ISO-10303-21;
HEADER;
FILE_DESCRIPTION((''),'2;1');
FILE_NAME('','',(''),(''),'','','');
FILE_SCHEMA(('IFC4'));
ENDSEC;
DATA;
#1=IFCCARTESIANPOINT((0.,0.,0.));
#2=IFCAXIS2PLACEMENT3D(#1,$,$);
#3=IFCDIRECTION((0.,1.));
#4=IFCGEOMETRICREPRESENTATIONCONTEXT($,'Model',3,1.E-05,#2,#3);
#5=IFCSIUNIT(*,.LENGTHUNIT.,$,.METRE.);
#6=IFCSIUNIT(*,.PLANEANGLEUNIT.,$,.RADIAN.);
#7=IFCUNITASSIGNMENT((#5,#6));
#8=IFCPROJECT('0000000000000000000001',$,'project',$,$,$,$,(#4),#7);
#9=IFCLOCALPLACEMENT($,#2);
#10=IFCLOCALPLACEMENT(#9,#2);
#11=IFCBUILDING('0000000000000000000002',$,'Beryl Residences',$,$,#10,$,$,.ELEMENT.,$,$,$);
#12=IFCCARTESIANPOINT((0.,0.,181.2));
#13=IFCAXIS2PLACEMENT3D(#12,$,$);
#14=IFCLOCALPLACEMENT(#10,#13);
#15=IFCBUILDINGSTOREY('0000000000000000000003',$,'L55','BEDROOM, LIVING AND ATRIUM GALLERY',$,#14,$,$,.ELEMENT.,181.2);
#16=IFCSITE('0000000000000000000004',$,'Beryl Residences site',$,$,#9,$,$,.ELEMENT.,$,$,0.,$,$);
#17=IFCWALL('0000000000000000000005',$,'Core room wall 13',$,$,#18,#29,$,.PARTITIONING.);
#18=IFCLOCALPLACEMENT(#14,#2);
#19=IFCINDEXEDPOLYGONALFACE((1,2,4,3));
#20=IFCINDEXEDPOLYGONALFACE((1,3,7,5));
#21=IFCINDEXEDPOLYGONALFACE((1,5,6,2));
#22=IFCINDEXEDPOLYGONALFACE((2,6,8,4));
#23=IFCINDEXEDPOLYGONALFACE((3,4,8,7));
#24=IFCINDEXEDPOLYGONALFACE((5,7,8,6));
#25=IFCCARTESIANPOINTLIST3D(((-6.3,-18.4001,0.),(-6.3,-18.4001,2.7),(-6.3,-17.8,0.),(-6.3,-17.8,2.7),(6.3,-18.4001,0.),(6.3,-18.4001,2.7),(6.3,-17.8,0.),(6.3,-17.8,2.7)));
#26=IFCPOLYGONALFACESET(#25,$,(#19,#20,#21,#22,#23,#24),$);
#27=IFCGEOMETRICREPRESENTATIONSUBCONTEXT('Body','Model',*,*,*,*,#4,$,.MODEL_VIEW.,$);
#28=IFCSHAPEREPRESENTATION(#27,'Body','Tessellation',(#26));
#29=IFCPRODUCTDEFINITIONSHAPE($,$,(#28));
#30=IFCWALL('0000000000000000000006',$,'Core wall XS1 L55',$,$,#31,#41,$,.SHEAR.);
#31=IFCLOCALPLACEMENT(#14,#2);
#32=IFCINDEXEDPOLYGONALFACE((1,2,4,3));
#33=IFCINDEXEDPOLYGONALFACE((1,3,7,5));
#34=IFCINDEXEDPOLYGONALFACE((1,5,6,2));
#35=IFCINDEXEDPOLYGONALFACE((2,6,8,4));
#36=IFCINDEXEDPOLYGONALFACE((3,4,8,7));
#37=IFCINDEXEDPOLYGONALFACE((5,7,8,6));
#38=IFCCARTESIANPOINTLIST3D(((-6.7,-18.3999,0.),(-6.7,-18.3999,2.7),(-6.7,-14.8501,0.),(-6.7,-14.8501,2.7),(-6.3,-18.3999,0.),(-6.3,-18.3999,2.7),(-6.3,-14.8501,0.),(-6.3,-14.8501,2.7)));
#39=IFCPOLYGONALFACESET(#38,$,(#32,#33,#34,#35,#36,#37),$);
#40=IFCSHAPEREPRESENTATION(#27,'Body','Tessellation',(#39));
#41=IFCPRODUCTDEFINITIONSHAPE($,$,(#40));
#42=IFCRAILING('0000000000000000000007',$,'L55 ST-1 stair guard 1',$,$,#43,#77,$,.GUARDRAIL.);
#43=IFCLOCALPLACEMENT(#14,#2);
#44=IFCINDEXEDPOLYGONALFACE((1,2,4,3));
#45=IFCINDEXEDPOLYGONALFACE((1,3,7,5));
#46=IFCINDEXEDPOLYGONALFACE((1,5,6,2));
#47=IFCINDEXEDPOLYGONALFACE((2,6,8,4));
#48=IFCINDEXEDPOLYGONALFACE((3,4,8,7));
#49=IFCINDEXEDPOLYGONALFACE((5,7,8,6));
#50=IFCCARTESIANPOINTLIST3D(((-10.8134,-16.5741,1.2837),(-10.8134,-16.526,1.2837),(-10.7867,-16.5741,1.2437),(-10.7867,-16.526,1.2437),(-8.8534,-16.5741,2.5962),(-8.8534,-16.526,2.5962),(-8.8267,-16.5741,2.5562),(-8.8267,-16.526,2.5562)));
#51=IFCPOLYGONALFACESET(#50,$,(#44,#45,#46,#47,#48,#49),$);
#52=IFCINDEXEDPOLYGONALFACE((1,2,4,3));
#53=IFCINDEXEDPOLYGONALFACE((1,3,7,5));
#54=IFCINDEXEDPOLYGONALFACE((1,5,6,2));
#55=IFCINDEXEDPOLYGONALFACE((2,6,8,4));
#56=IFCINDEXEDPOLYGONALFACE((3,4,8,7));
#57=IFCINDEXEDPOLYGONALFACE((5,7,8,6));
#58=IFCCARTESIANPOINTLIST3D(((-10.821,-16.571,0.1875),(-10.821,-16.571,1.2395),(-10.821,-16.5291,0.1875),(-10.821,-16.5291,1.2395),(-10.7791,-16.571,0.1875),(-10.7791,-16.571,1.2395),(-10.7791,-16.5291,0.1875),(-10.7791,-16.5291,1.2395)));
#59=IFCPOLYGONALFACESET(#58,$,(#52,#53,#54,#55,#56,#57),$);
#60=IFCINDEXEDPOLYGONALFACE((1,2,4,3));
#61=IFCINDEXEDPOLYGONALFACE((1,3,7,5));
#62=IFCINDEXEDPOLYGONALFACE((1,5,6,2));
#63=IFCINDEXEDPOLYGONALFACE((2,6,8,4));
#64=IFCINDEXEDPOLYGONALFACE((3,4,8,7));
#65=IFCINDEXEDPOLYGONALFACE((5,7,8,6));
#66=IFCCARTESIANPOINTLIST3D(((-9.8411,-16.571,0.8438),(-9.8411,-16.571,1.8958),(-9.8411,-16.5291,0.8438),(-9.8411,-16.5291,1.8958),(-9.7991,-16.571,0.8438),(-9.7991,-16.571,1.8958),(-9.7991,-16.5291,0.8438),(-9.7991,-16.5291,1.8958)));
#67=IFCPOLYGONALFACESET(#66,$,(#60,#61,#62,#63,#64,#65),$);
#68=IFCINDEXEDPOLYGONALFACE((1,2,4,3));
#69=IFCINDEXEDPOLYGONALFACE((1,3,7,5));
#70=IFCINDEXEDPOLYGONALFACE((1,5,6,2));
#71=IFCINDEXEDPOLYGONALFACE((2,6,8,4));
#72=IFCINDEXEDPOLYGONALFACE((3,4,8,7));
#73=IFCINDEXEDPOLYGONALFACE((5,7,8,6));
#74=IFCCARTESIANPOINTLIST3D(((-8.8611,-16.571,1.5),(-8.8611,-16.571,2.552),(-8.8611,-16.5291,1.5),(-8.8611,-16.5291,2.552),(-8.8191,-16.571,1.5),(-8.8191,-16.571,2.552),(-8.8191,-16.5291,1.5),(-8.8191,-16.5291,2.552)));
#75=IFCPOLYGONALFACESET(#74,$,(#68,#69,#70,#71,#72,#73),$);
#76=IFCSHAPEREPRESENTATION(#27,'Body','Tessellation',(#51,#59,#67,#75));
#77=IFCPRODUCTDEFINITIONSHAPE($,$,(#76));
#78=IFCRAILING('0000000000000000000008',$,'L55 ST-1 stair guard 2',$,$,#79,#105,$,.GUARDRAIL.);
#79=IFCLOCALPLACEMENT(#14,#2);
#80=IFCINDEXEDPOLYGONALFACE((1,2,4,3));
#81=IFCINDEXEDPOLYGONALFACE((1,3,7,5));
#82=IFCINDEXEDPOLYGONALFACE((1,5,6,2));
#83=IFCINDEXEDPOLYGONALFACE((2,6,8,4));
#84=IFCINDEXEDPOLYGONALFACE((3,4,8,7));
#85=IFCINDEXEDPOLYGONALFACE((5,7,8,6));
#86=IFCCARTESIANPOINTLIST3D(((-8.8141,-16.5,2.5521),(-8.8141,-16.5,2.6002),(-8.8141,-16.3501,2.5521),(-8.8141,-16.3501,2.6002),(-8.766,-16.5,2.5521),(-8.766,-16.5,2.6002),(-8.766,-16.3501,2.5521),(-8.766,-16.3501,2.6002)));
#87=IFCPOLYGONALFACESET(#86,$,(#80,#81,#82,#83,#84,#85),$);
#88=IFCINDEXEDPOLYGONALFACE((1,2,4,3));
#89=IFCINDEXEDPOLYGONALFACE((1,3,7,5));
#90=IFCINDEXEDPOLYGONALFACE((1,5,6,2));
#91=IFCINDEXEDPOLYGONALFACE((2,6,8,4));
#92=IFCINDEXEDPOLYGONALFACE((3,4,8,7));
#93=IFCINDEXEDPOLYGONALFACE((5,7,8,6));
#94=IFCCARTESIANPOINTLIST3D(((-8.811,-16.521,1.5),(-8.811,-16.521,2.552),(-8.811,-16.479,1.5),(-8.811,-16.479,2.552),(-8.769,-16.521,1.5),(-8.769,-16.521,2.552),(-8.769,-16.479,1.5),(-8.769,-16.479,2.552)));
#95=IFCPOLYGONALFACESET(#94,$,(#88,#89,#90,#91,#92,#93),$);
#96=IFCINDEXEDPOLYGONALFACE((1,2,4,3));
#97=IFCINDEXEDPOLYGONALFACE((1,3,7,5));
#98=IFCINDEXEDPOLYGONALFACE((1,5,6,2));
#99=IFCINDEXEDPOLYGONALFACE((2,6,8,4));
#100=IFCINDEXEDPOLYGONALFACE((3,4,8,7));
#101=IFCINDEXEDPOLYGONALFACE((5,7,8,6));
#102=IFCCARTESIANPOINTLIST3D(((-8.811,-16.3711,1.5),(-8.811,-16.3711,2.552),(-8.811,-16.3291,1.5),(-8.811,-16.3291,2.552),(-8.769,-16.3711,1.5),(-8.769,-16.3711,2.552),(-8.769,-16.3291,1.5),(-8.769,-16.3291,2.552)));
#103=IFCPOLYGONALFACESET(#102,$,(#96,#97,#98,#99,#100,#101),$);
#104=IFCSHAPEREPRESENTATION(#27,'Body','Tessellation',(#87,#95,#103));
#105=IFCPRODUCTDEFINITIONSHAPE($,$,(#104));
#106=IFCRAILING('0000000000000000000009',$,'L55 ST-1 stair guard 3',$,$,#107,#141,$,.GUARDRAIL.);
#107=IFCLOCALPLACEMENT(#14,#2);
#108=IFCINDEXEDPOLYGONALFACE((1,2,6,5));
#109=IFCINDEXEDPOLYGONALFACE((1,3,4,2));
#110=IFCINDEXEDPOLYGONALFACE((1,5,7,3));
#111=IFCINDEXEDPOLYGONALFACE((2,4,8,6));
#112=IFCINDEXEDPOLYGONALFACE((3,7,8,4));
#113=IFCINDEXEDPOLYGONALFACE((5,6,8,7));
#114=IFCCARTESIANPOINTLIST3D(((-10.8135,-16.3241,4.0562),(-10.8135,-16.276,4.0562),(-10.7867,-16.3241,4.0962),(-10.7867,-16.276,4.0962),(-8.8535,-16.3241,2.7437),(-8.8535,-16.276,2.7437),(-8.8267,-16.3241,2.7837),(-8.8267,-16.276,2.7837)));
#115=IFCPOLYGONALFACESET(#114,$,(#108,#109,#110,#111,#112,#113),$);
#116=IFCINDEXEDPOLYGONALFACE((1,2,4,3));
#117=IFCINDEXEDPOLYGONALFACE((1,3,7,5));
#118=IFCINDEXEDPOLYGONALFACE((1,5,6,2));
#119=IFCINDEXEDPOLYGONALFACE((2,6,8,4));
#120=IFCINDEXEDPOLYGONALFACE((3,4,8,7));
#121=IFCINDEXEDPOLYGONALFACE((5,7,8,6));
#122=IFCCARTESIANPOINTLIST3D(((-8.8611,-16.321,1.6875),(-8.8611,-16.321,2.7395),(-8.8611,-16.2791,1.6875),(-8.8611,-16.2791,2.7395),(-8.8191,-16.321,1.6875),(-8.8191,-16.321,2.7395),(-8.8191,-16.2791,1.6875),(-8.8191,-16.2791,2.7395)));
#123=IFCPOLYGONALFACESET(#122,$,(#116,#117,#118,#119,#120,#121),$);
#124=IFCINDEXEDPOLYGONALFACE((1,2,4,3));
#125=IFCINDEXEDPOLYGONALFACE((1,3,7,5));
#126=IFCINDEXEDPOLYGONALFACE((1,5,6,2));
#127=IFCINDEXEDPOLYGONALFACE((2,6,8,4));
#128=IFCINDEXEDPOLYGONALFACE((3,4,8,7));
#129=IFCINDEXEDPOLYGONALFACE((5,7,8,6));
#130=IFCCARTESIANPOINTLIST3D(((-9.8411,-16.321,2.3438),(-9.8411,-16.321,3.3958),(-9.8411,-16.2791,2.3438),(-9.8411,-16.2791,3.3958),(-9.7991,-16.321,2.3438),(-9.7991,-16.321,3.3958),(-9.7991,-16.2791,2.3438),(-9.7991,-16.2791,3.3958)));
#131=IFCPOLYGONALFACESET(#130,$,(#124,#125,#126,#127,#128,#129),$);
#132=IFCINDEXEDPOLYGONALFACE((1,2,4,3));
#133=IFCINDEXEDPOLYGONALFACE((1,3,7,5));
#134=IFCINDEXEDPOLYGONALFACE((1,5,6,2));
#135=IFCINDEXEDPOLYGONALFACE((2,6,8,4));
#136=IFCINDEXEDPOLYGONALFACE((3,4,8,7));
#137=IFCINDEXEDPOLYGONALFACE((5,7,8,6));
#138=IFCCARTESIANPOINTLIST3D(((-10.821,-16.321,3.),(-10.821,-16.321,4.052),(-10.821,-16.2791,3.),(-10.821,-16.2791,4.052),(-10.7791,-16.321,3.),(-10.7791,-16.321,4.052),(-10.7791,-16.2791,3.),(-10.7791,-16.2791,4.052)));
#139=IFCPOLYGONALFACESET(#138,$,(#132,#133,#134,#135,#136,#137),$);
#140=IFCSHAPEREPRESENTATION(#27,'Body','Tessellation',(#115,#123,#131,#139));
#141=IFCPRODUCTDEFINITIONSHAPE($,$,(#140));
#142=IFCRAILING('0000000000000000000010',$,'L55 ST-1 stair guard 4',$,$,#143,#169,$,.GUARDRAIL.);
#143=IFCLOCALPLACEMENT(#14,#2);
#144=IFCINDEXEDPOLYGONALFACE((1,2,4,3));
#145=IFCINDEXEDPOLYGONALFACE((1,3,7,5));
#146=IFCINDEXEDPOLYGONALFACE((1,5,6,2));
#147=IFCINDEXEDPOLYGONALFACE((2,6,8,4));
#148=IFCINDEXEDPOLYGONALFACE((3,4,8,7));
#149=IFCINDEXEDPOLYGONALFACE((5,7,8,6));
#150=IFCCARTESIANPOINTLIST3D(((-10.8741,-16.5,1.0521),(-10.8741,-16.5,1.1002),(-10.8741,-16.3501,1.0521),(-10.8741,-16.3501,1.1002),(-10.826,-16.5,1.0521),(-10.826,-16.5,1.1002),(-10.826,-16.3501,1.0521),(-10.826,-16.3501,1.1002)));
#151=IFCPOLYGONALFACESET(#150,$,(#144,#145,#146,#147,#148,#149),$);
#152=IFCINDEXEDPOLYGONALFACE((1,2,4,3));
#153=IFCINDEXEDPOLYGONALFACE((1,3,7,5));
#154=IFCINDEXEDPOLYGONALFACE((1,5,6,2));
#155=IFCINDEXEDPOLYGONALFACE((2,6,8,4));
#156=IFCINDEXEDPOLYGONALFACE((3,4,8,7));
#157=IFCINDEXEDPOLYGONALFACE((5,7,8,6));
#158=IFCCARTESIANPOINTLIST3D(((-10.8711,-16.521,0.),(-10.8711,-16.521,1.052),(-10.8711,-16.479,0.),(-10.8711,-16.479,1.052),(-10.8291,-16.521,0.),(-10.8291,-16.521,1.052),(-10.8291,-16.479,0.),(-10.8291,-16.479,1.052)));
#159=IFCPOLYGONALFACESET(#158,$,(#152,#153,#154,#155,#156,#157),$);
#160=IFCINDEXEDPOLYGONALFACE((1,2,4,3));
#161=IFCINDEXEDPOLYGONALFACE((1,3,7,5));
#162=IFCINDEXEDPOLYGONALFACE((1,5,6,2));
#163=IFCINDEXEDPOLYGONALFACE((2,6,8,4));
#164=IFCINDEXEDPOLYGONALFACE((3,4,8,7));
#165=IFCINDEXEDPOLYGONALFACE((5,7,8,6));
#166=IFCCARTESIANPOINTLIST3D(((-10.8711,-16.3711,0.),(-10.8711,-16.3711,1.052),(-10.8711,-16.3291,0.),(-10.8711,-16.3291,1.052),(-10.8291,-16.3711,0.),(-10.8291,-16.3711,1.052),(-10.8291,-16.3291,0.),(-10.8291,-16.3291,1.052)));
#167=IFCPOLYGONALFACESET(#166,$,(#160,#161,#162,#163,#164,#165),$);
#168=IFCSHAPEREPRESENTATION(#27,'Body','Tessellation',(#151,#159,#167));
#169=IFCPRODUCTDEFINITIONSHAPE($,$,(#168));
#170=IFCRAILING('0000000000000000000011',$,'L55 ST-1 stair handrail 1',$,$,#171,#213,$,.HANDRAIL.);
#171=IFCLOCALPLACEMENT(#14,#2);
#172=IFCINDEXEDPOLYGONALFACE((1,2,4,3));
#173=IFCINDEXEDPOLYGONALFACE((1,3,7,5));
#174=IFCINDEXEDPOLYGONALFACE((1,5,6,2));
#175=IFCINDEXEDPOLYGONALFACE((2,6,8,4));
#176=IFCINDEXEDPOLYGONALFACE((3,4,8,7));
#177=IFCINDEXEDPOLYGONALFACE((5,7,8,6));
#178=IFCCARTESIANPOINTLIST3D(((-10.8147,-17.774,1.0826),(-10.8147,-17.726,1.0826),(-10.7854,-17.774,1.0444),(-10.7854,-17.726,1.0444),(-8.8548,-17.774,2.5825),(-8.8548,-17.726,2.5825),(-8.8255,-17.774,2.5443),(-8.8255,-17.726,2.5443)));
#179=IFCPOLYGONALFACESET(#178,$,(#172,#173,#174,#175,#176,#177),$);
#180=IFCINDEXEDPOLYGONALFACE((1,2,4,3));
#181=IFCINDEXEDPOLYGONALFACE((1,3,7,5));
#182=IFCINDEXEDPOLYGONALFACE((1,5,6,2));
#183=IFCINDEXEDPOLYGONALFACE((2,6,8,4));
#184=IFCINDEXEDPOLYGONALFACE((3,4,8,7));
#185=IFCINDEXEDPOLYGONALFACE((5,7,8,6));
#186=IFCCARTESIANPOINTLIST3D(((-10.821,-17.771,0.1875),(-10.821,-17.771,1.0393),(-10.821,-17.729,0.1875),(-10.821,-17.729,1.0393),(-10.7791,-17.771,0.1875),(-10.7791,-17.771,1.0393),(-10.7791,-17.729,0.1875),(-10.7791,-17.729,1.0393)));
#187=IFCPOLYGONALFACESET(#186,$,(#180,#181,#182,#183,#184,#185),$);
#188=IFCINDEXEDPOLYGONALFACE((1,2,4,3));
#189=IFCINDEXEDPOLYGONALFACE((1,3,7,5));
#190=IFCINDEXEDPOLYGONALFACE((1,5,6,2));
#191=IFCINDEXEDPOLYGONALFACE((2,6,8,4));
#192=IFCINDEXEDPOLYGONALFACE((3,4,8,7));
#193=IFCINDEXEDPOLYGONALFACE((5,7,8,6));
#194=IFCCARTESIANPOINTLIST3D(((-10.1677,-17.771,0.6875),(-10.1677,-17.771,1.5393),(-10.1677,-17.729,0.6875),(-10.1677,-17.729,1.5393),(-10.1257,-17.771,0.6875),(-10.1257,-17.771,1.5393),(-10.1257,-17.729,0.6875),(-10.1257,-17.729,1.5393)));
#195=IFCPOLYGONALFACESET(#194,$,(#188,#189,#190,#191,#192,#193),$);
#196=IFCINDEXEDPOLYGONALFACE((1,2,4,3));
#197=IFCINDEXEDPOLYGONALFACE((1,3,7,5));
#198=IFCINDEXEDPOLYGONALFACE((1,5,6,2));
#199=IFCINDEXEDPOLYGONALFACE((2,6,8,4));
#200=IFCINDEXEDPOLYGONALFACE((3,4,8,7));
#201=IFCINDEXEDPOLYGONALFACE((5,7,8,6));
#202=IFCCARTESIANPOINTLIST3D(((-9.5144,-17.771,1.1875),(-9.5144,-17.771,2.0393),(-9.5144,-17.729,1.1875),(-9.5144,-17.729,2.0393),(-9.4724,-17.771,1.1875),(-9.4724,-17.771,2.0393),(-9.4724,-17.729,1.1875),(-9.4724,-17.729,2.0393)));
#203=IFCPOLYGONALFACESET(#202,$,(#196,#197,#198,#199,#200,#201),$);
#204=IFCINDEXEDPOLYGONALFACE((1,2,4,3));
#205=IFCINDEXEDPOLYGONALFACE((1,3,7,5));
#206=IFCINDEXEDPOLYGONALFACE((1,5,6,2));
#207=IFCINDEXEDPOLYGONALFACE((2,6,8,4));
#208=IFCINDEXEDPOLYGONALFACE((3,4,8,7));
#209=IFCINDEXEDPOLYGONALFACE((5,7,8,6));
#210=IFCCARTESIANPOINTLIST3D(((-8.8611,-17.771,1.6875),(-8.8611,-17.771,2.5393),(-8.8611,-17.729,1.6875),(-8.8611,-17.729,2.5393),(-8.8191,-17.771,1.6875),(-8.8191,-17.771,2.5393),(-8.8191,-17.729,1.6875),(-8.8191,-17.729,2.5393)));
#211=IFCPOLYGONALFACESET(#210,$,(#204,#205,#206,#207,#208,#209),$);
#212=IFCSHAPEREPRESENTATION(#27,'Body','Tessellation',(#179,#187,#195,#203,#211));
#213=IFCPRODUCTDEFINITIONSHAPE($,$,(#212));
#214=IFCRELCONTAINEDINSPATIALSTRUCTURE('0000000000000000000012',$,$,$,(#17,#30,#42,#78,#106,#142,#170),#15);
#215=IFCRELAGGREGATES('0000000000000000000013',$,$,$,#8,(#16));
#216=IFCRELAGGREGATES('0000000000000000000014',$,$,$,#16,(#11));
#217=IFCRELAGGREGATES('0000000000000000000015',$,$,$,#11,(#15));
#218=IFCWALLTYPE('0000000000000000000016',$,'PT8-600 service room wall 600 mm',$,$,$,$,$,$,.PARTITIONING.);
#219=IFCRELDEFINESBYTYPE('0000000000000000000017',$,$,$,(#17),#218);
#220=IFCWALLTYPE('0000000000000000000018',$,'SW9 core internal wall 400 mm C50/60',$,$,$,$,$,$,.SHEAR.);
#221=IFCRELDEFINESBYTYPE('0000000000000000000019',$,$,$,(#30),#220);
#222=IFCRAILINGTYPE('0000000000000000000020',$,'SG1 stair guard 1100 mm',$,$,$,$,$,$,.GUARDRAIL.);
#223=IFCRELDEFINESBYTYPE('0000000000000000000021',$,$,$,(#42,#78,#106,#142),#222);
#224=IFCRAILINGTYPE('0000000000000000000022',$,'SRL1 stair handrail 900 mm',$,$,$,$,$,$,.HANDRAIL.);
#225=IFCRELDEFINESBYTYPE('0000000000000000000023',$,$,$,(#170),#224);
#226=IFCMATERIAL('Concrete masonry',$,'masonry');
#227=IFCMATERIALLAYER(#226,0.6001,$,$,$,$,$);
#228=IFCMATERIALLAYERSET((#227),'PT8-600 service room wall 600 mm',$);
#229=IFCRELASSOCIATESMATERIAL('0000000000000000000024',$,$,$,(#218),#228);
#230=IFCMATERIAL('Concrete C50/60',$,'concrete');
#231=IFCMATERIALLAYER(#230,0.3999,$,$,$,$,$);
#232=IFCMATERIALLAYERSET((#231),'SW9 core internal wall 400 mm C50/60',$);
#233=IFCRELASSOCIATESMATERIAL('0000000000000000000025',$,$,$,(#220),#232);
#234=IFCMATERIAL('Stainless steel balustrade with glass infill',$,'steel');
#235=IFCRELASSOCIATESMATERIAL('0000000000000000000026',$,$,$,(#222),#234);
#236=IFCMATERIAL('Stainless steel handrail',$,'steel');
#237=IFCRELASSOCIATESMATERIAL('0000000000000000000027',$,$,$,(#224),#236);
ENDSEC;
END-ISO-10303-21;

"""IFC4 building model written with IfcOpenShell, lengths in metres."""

from ifc_helpers import new_model, si_unit, direction, frame, frame_2d, origin, origin_2d, place, context, subcontext, project, spatial, rectangle, extrude, material, layer, layer_set, type_object, element, save


model = new_model("IFC4")

# Units and contexts
model_context = context("Model", 3, precision=1e-05, world=origin(), true_north=direction((0.0, 1.0)))
body_context = subcontext(model_context, "Body", "Model", "MODEL_VIEW")
ifc_project = project(units=[si_unit("LENGTHUNIT", "METRE"), si_unit("PLANEANGLEUNIT", "RADIAN")], contexts=[model_context])

# Site, building, storey
site_placement = place(None, origin())
site = spatial("IfcSite", under=ifc_project, at=site_placement, Name="Beryl Residences site", CompositionType="ELEMENT", RefElevation=0.0)
building_placement = place(site_placement, origin())
building = spatial("IfcBuilding", under=site, at=building_placement, Name="Beryl Residences", CompositionType="ELEMENT")
storey_placement = place(building_placement, frame((0.0, 0.0, 181.2)))
storey = spatial("IfcBuildingStorey", under=building, at=storey_placement, Name="L55", Description="BEDROOM, LIVING AND ATRIUM GALLERY", CompositionType="ELEMENT", Elevation=181.2)

# Walls
ifc_material_1 = material(Name="Concrete masonry", Category="masonry")
ifc_layer_1 = layer(ifc_material_1, 0.6001)
ifc_layer_set_1 = layer_set([ifc_layer_1], Name="PT8-600 service room wall 600 mm")
wall_type_1 = type_object("IfcWallType", Name="PT8-600 service room wall 600 mm", PredefinedType="PARTITIONING", material=ifc_layer_set_1)
wall_1_placement = place(storey_placement, frame((-6.3, -18.1001, 0.0), z_axis=(0.0, 0.0, 1.0), x_axis=(1.0, 0.0, 0.0)))
element("IfcWall", 1, at=wall_1_placement, inside=storey, type_object=wall_type_1, Name="Core room wall 13", PredefinedType="PARTITIONING", context=body_context, shape_type="SweptSolid", body=[
    extrude(rectangle(XDim=12.6001, YDim=0.6001, at=frame_2d((6.3, 0.0))), origin(), (0.0, 0.0, 1.0), 2.7),
])
ifc_material_2 = material(Name="Concrete C50/60", Category="concrete")
ifc_layer_2 = layer(ifc_material_2, 0.3999)
ifc_layer_set_2 = layer_set([ifc_layer_2], Name="SW9 core internal wall 400 mm C50/60")
wall_type_2 = type_object("IfcWallType", Name="SW9 core internal wall 400 mm C50/60", PredefinedType="SHEAR", material=ifc_layer_set_2)
wall_2_placement = place(storey_placement, frame((-6.5, -18.3999, 0.0), z_axis=(0.0, 0.0, 1.0), x_axis=(0.0, 1.0, 0.0)))
element("IfcWall", 2, at=wall_2_placement, inside=storey, type_object=wall_type_2, Name="Core wall XS1 L55", PredefinedType="SHEAR", context=body_context, shape_type="SweptSolid", body=[
    extrude(rectangle(XDim=3.5498, YDim=0.3999, at=frame_2d((1.7749, 0.0))), origin(), (0.0, 0.0, 1.0), 2.7),
])

# Railings
ifc_material_3 = material(Name="Stainless steel balustrade with glass infill", Category="steel")
railing_type_1 = type_object("IfcRailingType", Name="SG1 stair guard 1100 mm", PredefinedType="GUARDRAIL", material=ifc_material_3)
railing_1_placement = place(storey_placement, frame((-10.8, -16.55, 0.1875)))
element("IfcRailing", 3, at=railing_1_placement, inside=storey, type_object=railing_type_1, Name="L55 ST-1 stair guard 1", PredefinedType="GUARDRAIL", context=body_context, shape_type="SweptSolid", body=[
    extrude(rectangle(XDim=0.0481, YDim=0.0481, at=origin_2d()), frame((0.0, 0.0, 1.0762), z_axis=(0.830902, 0.0, 0.556419), x_axis=(0.0, 1.0, 0.0)), (0.0, 0.0, 1.0), 2.3589),
    extrude(rectangle(XDim=0.042, YDim=0.042, at=origin_2d()), origin(), (0.0, 0.0, 1.0), 1.052),
    extrude(rectangle(XDim=0.042, YDim=0.042, at=origin_2d()), frame((0.98, 0.0, 0.6562)), (0.0, 0.0, 1.0), 1.052),
    extrude(rectangle(XDim=0.042, YDim=0.042, at=origin_2d()), frame((1.96, 0.0, 1.3125)), (0.0, 0.0, 1.0), 1.052),
])
railing_2_placement = place(storey_placement, frame((-8.79, -16.5, 1.5)))
element("IfcRailing", 4, at=railing_2_placement, inside=storey, type_object=railing_type_1, Name="L55 ST-1 stair guard 2", PredefinedType="GUARDRAIL", context=body_context, shape_type="SweptSolid", body=[
    extrude(rectangle(XDim=0.0481, YDim=0.0481, at=origin_2d()), frame((0.0, 0.0, 1.0762), z_axis=(0.0, 1.0, 0.0), x_axis=(-1.0, 0.0, 0.0)), (0.0, 0.0, 1.0), 0.1499),
    extrude(rectangle(XDim=0.042, YDim=0.042, at=origin_2d()), origin(), (0.0, 0.0, 1.0), 1.052),
    extrude(rectangle(XDim=0.042, YDim=0.042, at=origin_2d()), frame((0.0, 0.1499, 0.0)), (0.0, 0.0, 1.0), 1.052),
])
railing_3_placement = place(storey_placement, frame((-8.8401, -16.3, 1.6875)))
element("IfcRailing", 5, at=railing_3_placement, inside=storey, type_object=railing_type_1, Name="L55 ST-1 stair guard 3", PredefinedType="GUARDRAIL", context=body_context, shape_type="SweptSolid", body=[
    extrude(rectangle(XDim=0.0481, YDim=0.0481, at=origin_2d()), frame((0.0, 0.0, 1.0762), z_axis=(-0.830902, 0.0, 0.556419), x_axis=(0.0, -1.0, 0.0)), (0.0, 0.0, 1.0), 2.3589),
    extrude(rectangle(XDim=0.042, YDim=0.042, at=origin_2d()), origin(), (0.0, 0.0, 1.0), 1.052),
    extrude(rectangle(XDim=0.042, YDim=0.042, at=origin_2d()), frame((-0.98, 0.0, 0.6562)), (0.0, 0.0, 1.0), 1.052),
    extrude(rectangle(XDim=0.042, YDim=0.042, at=origin_2d()), frame((-1.96, 0.0, 1.3125)), (0.0, 0.0, 1.0), 1.052),
])
railing_4_placement = place(storey_placement, frame((-10.8501, -16.5, 0.0)))
element("IfcRailing", 6, at=railing_4_placement, inside=storey, type_object=railing_type_1, Name="L55 ST-1 stair guard 4", PredefinedType="GUARDRAIL", context=body_context, shape_type="SweptSolid", body=[
    extrude(rectangle(XDim=0.0481, YDim=0.0481, at=origin_2d()), frame((0.0, 0.0, 1.0762), z_axis=(0.0, 1.0, 0.0), x_axis=(-1.0, 0.0, 0.0)), (0.0, 0.0, 1.0), 0.1499),
    extrude(rectangle(XDim=0.042, YDim=0.042, at=origin_2d()), origin(), (0.0, 0.0, 1.0), 1.052),
    extrude(rectangle(XDim=0.042, YDim=0.042, at=origin_2d()), frame((0.0, 0.1499, 0.0)), (0.0, 0.0, 1.0), 1.052),
])
ifc_material_4 = material(Name="Stainless steel handrail", Category="steel")
railing_type_2 = type_object("IfcRailingType", Name="SRL1 stair handrail 900 mm", PredefinedType="HANDRAIL", material=ifc_material_4)
railing_5_placement = place(storey_placement, frame((-10.8, -17.75, 0.1875)))
element("IfcRailing", 7, at=railing_5_placement, inside=storey, type_object=railing_type_2, Name="L55 ST-1 stair handrail 1", PredefinedType="HANDRAIL", context=body_context, shape_type="SweptSolid", body=[
    extrude(rectangle(XDim=0.0481, YDim=0.0481, at=origin_2d()), frame((0.0, 0.0, 0.876), z_axis=(0.794122, 0.0, 0.607758), x_axis=(0.0, 1.0, 0.0)), (0.0, 0.0, 1.0), 2.468),
    extrude(rectangle(XDim=0.042, YDim=0.042, at=origin_2d()), origin(), (0.0, 0.0, 1.0), 0.8518),
    extrude(rectangle(XDim=0.042, YDim=0.042, at=origin_2d()), frame((0.6533, 0.0, 0.5)), (0.0, 0.0, 1.0), 0.8518),
    extrude(rectangle(XDim=0.042, YDim=0.042, at=origin_2d()), frame((1.3066, 0.0, 1.0)), (0.0, 0.0, 1.0), 0.8518),
    extrude(rectangle(XDim=0.042, YDim=0.042, at=origin_2d()), frame((1.96, 0.0, 1.5)), (0.0, 0.0, 1.0), 0.8518),
])

save(model, "model.ifc")
